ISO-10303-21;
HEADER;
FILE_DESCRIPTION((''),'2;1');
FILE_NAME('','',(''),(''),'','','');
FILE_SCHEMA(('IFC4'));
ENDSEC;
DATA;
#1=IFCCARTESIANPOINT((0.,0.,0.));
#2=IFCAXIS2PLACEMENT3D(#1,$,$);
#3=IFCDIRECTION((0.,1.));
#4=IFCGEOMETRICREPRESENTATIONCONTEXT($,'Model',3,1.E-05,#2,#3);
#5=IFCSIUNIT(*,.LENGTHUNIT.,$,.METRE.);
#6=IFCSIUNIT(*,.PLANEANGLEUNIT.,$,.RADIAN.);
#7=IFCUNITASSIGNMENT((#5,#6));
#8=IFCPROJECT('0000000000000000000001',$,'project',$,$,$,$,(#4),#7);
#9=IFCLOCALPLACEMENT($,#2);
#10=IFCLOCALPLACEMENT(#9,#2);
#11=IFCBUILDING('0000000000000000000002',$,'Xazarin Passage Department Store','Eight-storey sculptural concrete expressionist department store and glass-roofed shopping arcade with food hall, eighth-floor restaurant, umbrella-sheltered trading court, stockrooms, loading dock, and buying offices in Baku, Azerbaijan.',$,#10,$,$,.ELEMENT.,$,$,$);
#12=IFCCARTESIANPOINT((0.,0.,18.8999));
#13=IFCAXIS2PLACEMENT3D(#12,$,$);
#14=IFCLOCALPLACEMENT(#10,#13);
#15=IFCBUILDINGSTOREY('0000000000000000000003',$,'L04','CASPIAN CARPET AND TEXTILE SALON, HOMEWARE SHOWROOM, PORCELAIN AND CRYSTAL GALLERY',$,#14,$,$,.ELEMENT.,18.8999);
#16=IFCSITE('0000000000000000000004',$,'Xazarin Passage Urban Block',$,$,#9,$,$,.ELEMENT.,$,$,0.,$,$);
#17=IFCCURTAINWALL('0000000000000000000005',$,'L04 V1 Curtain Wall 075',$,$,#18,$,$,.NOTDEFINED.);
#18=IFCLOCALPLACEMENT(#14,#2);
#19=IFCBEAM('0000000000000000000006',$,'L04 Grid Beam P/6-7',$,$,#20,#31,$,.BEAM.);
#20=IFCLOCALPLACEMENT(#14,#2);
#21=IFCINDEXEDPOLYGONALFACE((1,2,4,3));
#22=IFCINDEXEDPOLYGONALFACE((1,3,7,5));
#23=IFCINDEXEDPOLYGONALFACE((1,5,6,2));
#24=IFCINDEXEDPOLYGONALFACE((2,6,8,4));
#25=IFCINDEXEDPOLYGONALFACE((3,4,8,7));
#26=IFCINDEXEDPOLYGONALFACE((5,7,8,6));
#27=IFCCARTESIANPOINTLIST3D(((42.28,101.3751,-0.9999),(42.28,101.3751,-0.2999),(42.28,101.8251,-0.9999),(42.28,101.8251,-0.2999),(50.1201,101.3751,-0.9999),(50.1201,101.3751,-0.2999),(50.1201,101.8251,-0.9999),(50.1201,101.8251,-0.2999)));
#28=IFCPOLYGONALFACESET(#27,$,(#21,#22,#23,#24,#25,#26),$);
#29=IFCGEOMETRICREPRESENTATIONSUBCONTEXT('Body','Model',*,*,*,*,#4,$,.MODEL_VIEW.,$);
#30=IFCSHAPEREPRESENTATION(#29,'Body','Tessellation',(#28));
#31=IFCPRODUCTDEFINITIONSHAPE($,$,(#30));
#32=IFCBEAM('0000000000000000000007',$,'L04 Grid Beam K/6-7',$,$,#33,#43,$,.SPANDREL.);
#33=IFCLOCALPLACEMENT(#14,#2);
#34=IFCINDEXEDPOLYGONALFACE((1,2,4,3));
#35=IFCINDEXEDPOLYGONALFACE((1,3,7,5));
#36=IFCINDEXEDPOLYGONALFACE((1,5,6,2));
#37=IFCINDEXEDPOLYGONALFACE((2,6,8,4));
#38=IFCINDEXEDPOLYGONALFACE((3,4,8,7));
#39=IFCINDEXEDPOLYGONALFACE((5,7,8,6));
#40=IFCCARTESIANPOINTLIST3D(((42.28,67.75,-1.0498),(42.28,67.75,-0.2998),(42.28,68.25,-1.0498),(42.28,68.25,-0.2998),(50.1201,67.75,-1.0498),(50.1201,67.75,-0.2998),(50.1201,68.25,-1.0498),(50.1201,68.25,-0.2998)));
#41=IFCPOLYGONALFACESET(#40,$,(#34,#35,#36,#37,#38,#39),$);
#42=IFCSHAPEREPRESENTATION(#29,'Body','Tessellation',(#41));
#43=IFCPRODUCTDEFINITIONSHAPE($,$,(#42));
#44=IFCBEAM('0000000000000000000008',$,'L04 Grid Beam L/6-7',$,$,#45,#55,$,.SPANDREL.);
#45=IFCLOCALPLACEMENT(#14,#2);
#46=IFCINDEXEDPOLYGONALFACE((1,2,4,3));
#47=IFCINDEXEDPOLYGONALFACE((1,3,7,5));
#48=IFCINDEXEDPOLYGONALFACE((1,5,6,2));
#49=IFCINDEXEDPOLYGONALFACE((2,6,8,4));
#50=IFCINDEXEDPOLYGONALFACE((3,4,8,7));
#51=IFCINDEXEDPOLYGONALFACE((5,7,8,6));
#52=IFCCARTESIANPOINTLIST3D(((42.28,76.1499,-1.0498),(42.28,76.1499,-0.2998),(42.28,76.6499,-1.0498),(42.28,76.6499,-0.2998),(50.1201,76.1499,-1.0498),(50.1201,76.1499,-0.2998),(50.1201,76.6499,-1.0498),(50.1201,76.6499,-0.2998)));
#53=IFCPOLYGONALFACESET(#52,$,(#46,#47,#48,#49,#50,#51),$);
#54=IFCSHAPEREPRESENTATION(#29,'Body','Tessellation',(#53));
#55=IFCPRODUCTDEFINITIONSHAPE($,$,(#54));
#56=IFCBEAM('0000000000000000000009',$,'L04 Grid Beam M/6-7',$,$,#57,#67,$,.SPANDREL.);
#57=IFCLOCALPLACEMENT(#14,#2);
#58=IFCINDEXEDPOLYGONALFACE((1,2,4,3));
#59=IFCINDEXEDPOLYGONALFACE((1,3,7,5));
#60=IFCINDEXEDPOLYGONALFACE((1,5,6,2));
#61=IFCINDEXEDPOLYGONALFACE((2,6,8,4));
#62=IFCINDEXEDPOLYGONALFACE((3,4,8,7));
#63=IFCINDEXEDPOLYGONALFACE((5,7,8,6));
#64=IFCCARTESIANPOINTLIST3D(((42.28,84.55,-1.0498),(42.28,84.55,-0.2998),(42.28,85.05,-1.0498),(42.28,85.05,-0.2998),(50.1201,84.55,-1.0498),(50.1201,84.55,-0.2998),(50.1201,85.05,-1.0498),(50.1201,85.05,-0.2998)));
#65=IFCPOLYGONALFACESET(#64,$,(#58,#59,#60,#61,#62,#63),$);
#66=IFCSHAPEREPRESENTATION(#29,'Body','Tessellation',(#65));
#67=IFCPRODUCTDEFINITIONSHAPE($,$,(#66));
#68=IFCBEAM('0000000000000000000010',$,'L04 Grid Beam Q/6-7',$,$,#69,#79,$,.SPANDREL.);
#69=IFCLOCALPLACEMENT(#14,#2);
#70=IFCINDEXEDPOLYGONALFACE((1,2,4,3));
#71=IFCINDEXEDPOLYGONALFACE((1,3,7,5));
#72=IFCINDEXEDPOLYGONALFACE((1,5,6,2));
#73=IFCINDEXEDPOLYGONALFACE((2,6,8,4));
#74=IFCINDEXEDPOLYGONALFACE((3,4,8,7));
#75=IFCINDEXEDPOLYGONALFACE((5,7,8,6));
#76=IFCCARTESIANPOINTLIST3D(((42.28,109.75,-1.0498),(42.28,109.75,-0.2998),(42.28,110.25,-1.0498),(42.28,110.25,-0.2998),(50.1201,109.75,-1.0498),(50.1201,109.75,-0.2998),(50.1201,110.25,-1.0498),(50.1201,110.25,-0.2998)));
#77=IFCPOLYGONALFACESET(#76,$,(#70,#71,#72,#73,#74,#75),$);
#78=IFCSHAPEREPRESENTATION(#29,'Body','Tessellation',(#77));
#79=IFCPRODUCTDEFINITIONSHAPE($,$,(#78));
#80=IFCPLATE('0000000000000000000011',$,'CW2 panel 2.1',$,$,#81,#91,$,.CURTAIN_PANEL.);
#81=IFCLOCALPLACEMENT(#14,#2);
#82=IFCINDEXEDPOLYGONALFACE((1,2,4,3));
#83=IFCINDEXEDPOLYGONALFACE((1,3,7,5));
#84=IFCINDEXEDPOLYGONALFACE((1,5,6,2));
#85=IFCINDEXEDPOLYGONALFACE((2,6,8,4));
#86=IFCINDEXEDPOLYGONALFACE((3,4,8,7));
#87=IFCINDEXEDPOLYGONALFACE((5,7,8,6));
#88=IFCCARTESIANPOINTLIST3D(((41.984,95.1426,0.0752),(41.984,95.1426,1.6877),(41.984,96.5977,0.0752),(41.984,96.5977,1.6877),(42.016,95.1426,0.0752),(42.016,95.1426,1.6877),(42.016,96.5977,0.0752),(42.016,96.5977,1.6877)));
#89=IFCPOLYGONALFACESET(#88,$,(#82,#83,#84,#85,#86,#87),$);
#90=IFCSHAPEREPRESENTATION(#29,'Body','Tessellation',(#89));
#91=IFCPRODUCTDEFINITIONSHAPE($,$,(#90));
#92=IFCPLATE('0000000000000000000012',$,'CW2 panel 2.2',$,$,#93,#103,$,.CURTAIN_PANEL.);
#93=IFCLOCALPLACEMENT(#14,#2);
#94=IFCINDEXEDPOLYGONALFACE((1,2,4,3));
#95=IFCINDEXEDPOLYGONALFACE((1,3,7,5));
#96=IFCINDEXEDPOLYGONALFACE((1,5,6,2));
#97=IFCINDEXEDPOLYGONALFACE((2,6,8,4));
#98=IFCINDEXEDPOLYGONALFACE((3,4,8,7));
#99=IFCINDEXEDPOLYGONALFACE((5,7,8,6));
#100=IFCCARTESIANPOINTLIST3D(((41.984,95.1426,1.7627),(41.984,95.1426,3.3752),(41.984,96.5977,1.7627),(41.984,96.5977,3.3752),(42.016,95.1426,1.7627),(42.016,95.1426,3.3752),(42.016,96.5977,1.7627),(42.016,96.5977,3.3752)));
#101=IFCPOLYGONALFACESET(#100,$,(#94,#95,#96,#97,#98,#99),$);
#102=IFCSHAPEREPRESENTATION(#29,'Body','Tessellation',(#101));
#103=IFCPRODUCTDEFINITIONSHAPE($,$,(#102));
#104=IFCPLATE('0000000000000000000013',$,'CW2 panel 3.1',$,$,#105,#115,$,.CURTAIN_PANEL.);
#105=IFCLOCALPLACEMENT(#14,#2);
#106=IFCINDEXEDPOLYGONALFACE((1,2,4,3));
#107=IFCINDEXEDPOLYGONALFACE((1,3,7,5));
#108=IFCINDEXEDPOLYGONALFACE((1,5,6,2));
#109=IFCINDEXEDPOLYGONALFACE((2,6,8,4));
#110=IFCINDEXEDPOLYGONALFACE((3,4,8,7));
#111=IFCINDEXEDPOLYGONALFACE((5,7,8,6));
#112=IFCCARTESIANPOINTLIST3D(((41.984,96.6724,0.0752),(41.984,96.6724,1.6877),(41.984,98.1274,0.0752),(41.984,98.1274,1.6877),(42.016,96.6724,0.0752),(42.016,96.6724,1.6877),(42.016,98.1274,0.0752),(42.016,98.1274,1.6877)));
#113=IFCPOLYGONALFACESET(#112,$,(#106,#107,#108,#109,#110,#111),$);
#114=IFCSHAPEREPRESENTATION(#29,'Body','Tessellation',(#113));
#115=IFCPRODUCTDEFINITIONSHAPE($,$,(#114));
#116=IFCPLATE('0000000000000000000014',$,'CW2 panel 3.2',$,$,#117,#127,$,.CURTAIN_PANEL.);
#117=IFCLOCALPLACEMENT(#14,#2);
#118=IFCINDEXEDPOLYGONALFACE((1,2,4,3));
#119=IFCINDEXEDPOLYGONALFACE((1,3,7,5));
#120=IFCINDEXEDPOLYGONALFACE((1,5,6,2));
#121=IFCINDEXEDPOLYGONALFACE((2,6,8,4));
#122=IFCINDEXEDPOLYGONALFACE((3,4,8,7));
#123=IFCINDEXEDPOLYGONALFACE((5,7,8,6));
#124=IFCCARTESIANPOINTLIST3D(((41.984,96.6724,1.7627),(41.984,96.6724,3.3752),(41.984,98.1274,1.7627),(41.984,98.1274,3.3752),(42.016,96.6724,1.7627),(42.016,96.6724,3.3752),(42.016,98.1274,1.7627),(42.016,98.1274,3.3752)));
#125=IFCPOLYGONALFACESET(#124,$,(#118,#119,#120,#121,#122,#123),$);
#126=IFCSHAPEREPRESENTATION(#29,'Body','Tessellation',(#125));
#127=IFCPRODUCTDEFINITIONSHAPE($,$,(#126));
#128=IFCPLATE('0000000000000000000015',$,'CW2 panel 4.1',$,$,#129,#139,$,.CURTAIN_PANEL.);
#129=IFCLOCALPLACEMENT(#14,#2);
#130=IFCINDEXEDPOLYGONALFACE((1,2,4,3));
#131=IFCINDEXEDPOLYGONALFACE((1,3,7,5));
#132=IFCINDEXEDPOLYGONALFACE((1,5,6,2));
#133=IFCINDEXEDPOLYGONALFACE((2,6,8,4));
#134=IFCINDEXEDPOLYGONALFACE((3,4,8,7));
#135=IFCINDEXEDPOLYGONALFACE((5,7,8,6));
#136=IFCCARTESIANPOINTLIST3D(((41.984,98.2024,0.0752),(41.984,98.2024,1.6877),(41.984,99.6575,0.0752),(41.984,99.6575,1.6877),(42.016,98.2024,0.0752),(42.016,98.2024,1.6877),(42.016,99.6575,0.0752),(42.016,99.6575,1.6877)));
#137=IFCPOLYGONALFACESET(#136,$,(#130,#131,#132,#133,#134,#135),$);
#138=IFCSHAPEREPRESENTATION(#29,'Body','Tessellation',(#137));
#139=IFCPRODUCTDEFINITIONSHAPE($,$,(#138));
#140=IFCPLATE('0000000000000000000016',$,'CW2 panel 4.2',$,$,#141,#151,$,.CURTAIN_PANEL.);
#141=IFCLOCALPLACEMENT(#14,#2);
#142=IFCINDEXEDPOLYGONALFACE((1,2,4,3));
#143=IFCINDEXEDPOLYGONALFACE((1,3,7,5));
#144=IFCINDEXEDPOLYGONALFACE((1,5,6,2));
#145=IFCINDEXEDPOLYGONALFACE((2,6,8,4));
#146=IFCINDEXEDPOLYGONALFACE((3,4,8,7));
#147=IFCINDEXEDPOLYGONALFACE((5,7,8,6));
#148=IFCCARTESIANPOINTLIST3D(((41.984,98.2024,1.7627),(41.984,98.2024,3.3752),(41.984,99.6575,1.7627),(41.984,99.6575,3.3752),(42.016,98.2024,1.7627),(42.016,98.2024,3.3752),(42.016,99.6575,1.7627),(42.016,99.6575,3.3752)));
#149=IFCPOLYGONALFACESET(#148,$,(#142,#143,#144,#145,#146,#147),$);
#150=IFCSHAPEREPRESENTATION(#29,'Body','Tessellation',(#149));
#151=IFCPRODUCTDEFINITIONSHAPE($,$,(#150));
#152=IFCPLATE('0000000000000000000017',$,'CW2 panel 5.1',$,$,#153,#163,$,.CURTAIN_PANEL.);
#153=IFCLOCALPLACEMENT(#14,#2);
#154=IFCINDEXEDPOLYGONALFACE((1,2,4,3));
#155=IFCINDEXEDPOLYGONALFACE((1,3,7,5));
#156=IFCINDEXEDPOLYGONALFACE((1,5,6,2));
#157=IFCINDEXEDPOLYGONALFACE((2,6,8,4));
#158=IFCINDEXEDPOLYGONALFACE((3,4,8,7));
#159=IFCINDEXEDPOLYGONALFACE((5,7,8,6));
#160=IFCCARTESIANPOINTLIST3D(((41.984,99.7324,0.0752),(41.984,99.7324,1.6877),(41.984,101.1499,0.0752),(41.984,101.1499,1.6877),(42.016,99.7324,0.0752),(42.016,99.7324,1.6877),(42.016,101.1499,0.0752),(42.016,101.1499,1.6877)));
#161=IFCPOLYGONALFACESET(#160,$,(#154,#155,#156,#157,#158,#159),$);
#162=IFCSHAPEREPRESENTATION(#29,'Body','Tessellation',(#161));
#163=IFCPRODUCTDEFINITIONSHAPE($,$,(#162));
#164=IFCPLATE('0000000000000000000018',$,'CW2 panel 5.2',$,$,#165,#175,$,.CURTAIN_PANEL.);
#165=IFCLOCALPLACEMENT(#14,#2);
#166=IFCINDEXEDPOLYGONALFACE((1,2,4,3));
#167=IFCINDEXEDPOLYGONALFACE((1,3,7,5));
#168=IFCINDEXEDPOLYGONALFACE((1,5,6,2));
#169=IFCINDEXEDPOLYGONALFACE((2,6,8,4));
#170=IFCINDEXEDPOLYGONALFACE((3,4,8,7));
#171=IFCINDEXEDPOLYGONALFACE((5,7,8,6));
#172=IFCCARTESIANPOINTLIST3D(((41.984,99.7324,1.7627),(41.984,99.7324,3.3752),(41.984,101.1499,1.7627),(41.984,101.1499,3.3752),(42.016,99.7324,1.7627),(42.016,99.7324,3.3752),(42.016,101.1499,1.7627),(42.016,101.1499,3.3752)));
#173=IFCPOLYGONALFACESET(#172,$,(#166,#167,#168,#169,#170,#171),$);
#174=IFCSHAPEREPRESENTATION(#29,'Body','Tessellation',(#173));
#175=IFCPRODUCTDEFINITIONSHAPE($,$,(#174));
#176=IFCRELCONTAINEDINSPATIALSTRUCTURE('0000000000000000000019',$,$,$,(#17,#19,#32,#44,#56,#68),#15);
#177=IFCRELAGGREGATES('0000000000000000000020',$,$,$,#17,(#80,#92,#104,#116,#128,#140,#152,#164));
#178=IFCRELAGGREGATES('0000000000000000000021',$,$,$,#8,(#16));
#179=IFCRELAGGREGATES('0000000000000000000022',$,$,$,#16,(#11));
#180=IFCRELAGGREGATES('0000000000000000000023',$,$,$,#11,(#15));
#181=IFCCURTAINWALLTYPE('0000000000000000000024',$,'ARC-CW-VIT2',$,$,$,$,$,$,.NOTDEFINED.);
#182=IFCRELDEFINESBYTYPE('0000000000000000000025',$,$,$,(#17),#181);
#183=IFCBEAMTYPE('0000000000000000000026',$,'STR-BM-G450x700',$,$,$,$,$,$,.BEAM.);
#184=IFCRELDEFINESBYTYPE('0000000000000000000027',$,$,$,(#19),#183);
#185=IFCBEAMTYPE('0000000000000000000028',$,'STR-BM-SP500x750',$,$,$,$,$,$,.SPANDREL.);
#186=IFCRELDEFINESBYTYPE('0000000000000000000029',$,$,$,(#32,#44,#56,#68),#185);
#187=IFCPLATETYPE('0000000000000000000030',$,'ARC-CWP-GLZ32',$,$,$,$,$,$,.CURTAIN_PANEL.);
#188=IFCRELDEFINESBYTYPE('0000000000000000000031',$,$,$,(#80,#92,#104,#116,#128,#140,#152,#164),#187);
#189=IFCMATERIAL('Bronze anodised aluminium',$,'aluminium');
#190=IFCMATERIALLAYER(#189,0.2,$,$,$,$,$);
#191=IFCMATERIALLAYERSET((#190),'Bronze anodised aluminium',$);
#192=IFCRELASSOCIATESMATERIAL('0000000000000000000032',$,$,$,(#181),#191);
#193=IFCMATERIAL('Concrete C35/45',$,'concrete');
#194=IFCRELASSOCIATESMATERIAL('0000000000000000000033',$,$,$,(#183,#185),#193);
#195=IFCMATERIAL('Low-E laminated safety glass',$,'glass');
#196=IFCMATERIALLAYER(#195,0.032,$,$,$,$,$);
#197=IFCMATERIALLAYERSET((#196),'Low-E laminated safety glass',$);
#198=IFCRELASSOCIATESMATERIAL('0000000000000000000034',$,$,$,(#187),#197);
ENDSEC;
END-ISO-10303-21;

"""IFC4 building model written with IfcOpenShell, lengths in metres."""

from ifc_helpers import new_model, si_unit, direction, frame, origin, origin_2d, place, context, subcontext, project, spatial, rectangle, extrude, material, layer, layer_set, material_profile, profile_set, type_object, element, aggregate, save


model = new_model("IFC4")

# Units and contexts
model_context = context("Model", 3, precision=1e-05, world=origin(), true_north=direction((0.0, 1.0)))
body_context = subcontext(model_context, "Body", "Model", "MODEL_VIEW")
ifc_project = project(units=[si_unit("LENGTHUNIT", "METRE"), si_unit("PLANEANGLEUNIT", "RADIAN")], contexts=[model_context])

# Site, building, storey
site_placement = place(None, origin())
site = spatial("IfcSite", under=ifc_project, at=site_placement, Name="Xazarin Passage Urban Block", CompositionType="ELEMENT", RefElevation=0.0)
building_placement = place(site_placement, origin())
building = spatial("IfcBuilding", under=site, at=building_placement, Name="Xazarin Passage Department Store", Description="Eight-storey sculptural concrete expressionist department store and glass-roofed shopping arcade with food hall, eighth-floor restaurant, umbrella-sheltered trading court, stockrooms, loading dock, and buying offices in Baku, Azerbaijan.", CompositionType="ELEMENT")
storey_placement = place(building_placement, frame((0.0, 0.0, 18.8999)))
storey = spatial("IfcBuildingStorey", under=building, at=storey_placement, Name="L04", Description="CASPIAN CARPET AND TEXTILE SALON, HOMEWARE SHOWROOM, PORCELAIN AND CRYSTAL GALLERY", CompositionType="ELEMENT", Elevation=18.8999)

# Curtain wall
ifc_material_1 = material(Name="Bronze anodised aluminium", Category="aluminium")
ifc_layer_1 = layer(ifc_material_1, 0.2)
ifc_layer_set_1 = layer_set([ifc_layer_1], Name="Bronze anodised aluminium")
curtain_wall_type = type_object("IfcCurtainWallType", Name="ARC-CW-VIT2", PredefinedType="NOTDEFINED", material=ifc_layer_set_1)
curtain_wall_placement = place(storey_placement, origin())
curtain_wall = element("IfcCurtainWall", 1, at=curtain_wall_placement, inside=storey, type_object=curtain_wall_type, Name="L04 V1 Curtain Wall 075", PredefinedType="NOTDEFINED")

# Beams
ifc_material_2 = material(Name="Concrete C35/45", Category="concrete")
ifc_material_profile_1 = material_profile(ifc_material_2, rectangle(XDim=0.45, YDim=0.7, at=origin_2d()), Name="RC 450x700")
ifc_profile_set_1 = profile_set([ifc_material_profile_1], Name="Concrete C35/45")
beam_type_1 = type_object("IfcBeamType", Name="STR-BM-G450x700", PredefinedType="BEAM", material=ifc_profile_set_1)
for number, where, z_axis, x_axis, name in (
    (2, (42.28, 101.6001, -0.6499), (1.0, 0.0, 0.0), (0.0, 1.0, 0.0), "L04 Grid Beam P/6-7"),
):
    element("IfcBeam", number, at=place(storey_placement, frame(where, z_axis=z_axis, x_axis=x_axis)), inside=storey, type_object=beam_type_1, Name=name, PredefinedType="BEAM", context=body_context, shape_type="SweptSolid", body=[
        extrude(rectangle(XDim=0.45, YDim=0.7, at=origin_2d()), origin(), (0.0, 0.0, 1.0), 7.8401),
    ])
ifc_material_profile_2 = material_profile(ifc_material_2, rectangle(XDim=0.5, YDim=0.75, at=origin_2d()), Name="RC 500x750")
ifc_profile_set_2 = profile_set([ifc_material_profile_2], Name="Concrete C35/45")
beam_type_2 = type_object("IfcBeamType", Name="STR-BM-SP500x750", PredefinedType="SPANDREL", material=ifc_profile_set_2)
for number, where, z_axis, x_axis, name in (
    (3, (42.28, 68.0, -0.6748), (1.0, 0.0, 0.0), (0.0, 1.0, 0.0), "L04 Grid Beam K/6-7"),
    (4, (42.28, 76.3999, -0.6748), (1.0, 0.0, 0.0), (0.0, 1.0, 0.0), "L04 Grid Beam L/6-7"),
    (5, (42.28, 84.8, -0.6748), (1.0, 0.0, 0.0), (0.0, 1.0, 0.0), "L04 Grid Beam M/6-7"),
    (6, (42.28, 110.0, -0.6748), (1.0, 0.0, 0.0), (0.0, 1.0, 0.0), "L04 Grid Beam Q/6-7"),
):
    element("IfcBeam", number, at=place(storey_placement, frame(where, z_axis=z_axis, x_axis=x_axis)), inside=storey, type_object=beam_type_2, Name=name, PredefinedType="SPANDREL", context=body_context, shape_type="SweptSolid", body=[
        extrude(rectangle(XDim=0.5, YDim=0.75, at=origin_2d()), origin(), (0.0, 0.0, 1.0), 7.8401),
    ])

# Plates
ifc_material_3 = material(Name="Low-E laminated safety glass", Category="glass")
ifc_layer_2 = layer(ifc_material_3, 0.032)
ifc_layer_set_2 = layer_set([ifc_layer_2], Name="Low-E laminated safety glass")
plate_type = type_object("IfcPlateType", Name="ARC-CWP-GLZ32", PredefinedType="CURTAIN_PANEL", material=ifc_layer_set_2)
plate_1_placement = place(storey_placement, frame((42.0, 95.8701, 0.0752), z_axis=(0.0, 0.0, 1.0), x_axis=(0.0, 1.0, 0.0)))
plate_1 = element("IfcPlate", 7, at=plate_1_placement, type_object=plate_type, Name="CW2 panel 2.1", PredefinedType="CURTAIN_PANEL", context=body_context, shape_type="SweptSolid", body=[
    extrude(rectangle(XDim=1.4551, YDim=0.032, at=origin_2d()), origin(), (0.0, 0.0, 1.0), 1.6125),
])
plate_2_placement = place(storey_placement, frame((42.0, 95.8701, 1.7627), z_axis=(0.0, 0.0, 1.0), x_axis=(0.0, 1.0, 0.0)))
plate_2 = element("IfcPlate", 8, at=plate_2_placement, type_object=plate_type, Name="CW2 panel 2.2", PredefinedType="CURTAIN_PANEL", context=body_context, shape_type="SweptSolid", body=[
    extrude(rectangle(XDim=1.4551, YDim=0.032, at=origin_2d()), origin(), (0.0, 0.0, 1.0), 1.6125),
])
plate_3_placement = place(storey_placement, frame((42.0, 97.3999, 0.0752), z_axis=(0.0, 0.0, 1.0), x_axis=(0.0, 1.0, 0.0)))
plate_3 = element("IfcPlate", 9, at=plate_3_placement, type_object=plate_type, Name="CW2 panel 3.1", PredefinedType="CURTAIN_PANEL", context=body_context, shape_type="SweptSolid", body=[
    extrude(rectangle(XDim=1.4551, YDim=0.032, at=origin_2d()), origin(), (0.0, 0.0, 1.0), 1.6125),
])
plate_4_placement = place(storey_placement, frame((42.0, 97.3999, 1.7627), z_axis=(0.0, 0.0, 1.0), x_axis=(0.0, 1.0, 0.0)))
plate_4 = element("IfcPlate", 10, at=plate_4_placement, type_object=plate_type, Name="CW2 panel 3.2", PredefinedType="CURTAIN_PANEL", context=body_context, shape_type="SweptSolid", body=[
    extrude(rectangle(XDim=1.4551, YDim=0.032, at=origin_2d()), origin(), (0.0, 0.0, 1.0), 1.6125),
])
plate_5_placement = place(storey_placement, frame((42.0, 98.9299, 0.0752), z_axis=(0.0, 0.0, 1.0), x_axis=(0.0, 1.0, 0.0)))
plate_5 = element("IfcPlate", 11, at=plate_5_placement, type_object=plate_type, Name="CW2 panel 4.1", PredefinedType="CURTAIN_PANEL", context=body_context, shape_type="SweptSolid", body=[
    extrude(rectangle(XDim=1.4551, YDim=0.032, at=origin_2d()), origin(), (0.0, 0.0, 1.0), 1.6125),
])
plate_6_placement = place(storey_placement, frame((42.0, 98.9299, 1.7627), z_axis=(0.0, 0.0, 1.0), x_axis=(0.0, 1.0, 0.0)))
plate_6 = element("IfcPlate", 12, at=plate_6_placement, type_object=plate_type, Name="CW2 panel 4.2", PredefinedType="CURTAIN_PANEL", context=body_context, shape_type="SweptSolid", body=[
    extrude(rectangle(XDim=1.4551, YDim=0.032, at=origin_2d()), origin(), (0.0, 0.0, 1.0), 1.6125),
])
plate_7_placement = place(storey_placement, frame((42.0, 100.4412, 0.0752), z_axis=(0.0, 0.0, 1.0), x_axis=(0.0, 1.0, 0.0)))
plate_7 = element("IfcPlate", 13, at=plate_7_placement, type_object=plate_type, Name="CW2 panel 5.1", PredefinedType="CURTAIN_PANEL", context=body_context, shape_type="SweptSolid", body=[
    extrude(rectangle(XDim=1.4175, YDim=0.032, at=origin_2d()), origin(), (0.0, 0.0, 1.0), 1.6125),
])
plate_8_placement = place(storey_placement, frame((42.0, 100.4412, 1.7627), z_axis=(0.0, 0.0, 1.0), x_axis=(0.0, 1.0, 0.0)))
plate_8 = element("IfcPlate", 14, at=plate_8_placement, type_object=plate_type, Name="CW2 panel 5.2", PredefinedType="CURTAIN_PANEL", context=body_context, shape_type="SweptSolid", body=[
    extrude(rectangle(XDim=1.4175, YDim=0.032, at=origin_2d()), origin(), (0.0, 0.0, 1.0), 1.6125),
])
aggregate(curtain_wall, [plate_1, plate_2, plate_3, plate_4, plate_5, plate_6, plate_7, plate_8])

save(model, "model.ifc")
